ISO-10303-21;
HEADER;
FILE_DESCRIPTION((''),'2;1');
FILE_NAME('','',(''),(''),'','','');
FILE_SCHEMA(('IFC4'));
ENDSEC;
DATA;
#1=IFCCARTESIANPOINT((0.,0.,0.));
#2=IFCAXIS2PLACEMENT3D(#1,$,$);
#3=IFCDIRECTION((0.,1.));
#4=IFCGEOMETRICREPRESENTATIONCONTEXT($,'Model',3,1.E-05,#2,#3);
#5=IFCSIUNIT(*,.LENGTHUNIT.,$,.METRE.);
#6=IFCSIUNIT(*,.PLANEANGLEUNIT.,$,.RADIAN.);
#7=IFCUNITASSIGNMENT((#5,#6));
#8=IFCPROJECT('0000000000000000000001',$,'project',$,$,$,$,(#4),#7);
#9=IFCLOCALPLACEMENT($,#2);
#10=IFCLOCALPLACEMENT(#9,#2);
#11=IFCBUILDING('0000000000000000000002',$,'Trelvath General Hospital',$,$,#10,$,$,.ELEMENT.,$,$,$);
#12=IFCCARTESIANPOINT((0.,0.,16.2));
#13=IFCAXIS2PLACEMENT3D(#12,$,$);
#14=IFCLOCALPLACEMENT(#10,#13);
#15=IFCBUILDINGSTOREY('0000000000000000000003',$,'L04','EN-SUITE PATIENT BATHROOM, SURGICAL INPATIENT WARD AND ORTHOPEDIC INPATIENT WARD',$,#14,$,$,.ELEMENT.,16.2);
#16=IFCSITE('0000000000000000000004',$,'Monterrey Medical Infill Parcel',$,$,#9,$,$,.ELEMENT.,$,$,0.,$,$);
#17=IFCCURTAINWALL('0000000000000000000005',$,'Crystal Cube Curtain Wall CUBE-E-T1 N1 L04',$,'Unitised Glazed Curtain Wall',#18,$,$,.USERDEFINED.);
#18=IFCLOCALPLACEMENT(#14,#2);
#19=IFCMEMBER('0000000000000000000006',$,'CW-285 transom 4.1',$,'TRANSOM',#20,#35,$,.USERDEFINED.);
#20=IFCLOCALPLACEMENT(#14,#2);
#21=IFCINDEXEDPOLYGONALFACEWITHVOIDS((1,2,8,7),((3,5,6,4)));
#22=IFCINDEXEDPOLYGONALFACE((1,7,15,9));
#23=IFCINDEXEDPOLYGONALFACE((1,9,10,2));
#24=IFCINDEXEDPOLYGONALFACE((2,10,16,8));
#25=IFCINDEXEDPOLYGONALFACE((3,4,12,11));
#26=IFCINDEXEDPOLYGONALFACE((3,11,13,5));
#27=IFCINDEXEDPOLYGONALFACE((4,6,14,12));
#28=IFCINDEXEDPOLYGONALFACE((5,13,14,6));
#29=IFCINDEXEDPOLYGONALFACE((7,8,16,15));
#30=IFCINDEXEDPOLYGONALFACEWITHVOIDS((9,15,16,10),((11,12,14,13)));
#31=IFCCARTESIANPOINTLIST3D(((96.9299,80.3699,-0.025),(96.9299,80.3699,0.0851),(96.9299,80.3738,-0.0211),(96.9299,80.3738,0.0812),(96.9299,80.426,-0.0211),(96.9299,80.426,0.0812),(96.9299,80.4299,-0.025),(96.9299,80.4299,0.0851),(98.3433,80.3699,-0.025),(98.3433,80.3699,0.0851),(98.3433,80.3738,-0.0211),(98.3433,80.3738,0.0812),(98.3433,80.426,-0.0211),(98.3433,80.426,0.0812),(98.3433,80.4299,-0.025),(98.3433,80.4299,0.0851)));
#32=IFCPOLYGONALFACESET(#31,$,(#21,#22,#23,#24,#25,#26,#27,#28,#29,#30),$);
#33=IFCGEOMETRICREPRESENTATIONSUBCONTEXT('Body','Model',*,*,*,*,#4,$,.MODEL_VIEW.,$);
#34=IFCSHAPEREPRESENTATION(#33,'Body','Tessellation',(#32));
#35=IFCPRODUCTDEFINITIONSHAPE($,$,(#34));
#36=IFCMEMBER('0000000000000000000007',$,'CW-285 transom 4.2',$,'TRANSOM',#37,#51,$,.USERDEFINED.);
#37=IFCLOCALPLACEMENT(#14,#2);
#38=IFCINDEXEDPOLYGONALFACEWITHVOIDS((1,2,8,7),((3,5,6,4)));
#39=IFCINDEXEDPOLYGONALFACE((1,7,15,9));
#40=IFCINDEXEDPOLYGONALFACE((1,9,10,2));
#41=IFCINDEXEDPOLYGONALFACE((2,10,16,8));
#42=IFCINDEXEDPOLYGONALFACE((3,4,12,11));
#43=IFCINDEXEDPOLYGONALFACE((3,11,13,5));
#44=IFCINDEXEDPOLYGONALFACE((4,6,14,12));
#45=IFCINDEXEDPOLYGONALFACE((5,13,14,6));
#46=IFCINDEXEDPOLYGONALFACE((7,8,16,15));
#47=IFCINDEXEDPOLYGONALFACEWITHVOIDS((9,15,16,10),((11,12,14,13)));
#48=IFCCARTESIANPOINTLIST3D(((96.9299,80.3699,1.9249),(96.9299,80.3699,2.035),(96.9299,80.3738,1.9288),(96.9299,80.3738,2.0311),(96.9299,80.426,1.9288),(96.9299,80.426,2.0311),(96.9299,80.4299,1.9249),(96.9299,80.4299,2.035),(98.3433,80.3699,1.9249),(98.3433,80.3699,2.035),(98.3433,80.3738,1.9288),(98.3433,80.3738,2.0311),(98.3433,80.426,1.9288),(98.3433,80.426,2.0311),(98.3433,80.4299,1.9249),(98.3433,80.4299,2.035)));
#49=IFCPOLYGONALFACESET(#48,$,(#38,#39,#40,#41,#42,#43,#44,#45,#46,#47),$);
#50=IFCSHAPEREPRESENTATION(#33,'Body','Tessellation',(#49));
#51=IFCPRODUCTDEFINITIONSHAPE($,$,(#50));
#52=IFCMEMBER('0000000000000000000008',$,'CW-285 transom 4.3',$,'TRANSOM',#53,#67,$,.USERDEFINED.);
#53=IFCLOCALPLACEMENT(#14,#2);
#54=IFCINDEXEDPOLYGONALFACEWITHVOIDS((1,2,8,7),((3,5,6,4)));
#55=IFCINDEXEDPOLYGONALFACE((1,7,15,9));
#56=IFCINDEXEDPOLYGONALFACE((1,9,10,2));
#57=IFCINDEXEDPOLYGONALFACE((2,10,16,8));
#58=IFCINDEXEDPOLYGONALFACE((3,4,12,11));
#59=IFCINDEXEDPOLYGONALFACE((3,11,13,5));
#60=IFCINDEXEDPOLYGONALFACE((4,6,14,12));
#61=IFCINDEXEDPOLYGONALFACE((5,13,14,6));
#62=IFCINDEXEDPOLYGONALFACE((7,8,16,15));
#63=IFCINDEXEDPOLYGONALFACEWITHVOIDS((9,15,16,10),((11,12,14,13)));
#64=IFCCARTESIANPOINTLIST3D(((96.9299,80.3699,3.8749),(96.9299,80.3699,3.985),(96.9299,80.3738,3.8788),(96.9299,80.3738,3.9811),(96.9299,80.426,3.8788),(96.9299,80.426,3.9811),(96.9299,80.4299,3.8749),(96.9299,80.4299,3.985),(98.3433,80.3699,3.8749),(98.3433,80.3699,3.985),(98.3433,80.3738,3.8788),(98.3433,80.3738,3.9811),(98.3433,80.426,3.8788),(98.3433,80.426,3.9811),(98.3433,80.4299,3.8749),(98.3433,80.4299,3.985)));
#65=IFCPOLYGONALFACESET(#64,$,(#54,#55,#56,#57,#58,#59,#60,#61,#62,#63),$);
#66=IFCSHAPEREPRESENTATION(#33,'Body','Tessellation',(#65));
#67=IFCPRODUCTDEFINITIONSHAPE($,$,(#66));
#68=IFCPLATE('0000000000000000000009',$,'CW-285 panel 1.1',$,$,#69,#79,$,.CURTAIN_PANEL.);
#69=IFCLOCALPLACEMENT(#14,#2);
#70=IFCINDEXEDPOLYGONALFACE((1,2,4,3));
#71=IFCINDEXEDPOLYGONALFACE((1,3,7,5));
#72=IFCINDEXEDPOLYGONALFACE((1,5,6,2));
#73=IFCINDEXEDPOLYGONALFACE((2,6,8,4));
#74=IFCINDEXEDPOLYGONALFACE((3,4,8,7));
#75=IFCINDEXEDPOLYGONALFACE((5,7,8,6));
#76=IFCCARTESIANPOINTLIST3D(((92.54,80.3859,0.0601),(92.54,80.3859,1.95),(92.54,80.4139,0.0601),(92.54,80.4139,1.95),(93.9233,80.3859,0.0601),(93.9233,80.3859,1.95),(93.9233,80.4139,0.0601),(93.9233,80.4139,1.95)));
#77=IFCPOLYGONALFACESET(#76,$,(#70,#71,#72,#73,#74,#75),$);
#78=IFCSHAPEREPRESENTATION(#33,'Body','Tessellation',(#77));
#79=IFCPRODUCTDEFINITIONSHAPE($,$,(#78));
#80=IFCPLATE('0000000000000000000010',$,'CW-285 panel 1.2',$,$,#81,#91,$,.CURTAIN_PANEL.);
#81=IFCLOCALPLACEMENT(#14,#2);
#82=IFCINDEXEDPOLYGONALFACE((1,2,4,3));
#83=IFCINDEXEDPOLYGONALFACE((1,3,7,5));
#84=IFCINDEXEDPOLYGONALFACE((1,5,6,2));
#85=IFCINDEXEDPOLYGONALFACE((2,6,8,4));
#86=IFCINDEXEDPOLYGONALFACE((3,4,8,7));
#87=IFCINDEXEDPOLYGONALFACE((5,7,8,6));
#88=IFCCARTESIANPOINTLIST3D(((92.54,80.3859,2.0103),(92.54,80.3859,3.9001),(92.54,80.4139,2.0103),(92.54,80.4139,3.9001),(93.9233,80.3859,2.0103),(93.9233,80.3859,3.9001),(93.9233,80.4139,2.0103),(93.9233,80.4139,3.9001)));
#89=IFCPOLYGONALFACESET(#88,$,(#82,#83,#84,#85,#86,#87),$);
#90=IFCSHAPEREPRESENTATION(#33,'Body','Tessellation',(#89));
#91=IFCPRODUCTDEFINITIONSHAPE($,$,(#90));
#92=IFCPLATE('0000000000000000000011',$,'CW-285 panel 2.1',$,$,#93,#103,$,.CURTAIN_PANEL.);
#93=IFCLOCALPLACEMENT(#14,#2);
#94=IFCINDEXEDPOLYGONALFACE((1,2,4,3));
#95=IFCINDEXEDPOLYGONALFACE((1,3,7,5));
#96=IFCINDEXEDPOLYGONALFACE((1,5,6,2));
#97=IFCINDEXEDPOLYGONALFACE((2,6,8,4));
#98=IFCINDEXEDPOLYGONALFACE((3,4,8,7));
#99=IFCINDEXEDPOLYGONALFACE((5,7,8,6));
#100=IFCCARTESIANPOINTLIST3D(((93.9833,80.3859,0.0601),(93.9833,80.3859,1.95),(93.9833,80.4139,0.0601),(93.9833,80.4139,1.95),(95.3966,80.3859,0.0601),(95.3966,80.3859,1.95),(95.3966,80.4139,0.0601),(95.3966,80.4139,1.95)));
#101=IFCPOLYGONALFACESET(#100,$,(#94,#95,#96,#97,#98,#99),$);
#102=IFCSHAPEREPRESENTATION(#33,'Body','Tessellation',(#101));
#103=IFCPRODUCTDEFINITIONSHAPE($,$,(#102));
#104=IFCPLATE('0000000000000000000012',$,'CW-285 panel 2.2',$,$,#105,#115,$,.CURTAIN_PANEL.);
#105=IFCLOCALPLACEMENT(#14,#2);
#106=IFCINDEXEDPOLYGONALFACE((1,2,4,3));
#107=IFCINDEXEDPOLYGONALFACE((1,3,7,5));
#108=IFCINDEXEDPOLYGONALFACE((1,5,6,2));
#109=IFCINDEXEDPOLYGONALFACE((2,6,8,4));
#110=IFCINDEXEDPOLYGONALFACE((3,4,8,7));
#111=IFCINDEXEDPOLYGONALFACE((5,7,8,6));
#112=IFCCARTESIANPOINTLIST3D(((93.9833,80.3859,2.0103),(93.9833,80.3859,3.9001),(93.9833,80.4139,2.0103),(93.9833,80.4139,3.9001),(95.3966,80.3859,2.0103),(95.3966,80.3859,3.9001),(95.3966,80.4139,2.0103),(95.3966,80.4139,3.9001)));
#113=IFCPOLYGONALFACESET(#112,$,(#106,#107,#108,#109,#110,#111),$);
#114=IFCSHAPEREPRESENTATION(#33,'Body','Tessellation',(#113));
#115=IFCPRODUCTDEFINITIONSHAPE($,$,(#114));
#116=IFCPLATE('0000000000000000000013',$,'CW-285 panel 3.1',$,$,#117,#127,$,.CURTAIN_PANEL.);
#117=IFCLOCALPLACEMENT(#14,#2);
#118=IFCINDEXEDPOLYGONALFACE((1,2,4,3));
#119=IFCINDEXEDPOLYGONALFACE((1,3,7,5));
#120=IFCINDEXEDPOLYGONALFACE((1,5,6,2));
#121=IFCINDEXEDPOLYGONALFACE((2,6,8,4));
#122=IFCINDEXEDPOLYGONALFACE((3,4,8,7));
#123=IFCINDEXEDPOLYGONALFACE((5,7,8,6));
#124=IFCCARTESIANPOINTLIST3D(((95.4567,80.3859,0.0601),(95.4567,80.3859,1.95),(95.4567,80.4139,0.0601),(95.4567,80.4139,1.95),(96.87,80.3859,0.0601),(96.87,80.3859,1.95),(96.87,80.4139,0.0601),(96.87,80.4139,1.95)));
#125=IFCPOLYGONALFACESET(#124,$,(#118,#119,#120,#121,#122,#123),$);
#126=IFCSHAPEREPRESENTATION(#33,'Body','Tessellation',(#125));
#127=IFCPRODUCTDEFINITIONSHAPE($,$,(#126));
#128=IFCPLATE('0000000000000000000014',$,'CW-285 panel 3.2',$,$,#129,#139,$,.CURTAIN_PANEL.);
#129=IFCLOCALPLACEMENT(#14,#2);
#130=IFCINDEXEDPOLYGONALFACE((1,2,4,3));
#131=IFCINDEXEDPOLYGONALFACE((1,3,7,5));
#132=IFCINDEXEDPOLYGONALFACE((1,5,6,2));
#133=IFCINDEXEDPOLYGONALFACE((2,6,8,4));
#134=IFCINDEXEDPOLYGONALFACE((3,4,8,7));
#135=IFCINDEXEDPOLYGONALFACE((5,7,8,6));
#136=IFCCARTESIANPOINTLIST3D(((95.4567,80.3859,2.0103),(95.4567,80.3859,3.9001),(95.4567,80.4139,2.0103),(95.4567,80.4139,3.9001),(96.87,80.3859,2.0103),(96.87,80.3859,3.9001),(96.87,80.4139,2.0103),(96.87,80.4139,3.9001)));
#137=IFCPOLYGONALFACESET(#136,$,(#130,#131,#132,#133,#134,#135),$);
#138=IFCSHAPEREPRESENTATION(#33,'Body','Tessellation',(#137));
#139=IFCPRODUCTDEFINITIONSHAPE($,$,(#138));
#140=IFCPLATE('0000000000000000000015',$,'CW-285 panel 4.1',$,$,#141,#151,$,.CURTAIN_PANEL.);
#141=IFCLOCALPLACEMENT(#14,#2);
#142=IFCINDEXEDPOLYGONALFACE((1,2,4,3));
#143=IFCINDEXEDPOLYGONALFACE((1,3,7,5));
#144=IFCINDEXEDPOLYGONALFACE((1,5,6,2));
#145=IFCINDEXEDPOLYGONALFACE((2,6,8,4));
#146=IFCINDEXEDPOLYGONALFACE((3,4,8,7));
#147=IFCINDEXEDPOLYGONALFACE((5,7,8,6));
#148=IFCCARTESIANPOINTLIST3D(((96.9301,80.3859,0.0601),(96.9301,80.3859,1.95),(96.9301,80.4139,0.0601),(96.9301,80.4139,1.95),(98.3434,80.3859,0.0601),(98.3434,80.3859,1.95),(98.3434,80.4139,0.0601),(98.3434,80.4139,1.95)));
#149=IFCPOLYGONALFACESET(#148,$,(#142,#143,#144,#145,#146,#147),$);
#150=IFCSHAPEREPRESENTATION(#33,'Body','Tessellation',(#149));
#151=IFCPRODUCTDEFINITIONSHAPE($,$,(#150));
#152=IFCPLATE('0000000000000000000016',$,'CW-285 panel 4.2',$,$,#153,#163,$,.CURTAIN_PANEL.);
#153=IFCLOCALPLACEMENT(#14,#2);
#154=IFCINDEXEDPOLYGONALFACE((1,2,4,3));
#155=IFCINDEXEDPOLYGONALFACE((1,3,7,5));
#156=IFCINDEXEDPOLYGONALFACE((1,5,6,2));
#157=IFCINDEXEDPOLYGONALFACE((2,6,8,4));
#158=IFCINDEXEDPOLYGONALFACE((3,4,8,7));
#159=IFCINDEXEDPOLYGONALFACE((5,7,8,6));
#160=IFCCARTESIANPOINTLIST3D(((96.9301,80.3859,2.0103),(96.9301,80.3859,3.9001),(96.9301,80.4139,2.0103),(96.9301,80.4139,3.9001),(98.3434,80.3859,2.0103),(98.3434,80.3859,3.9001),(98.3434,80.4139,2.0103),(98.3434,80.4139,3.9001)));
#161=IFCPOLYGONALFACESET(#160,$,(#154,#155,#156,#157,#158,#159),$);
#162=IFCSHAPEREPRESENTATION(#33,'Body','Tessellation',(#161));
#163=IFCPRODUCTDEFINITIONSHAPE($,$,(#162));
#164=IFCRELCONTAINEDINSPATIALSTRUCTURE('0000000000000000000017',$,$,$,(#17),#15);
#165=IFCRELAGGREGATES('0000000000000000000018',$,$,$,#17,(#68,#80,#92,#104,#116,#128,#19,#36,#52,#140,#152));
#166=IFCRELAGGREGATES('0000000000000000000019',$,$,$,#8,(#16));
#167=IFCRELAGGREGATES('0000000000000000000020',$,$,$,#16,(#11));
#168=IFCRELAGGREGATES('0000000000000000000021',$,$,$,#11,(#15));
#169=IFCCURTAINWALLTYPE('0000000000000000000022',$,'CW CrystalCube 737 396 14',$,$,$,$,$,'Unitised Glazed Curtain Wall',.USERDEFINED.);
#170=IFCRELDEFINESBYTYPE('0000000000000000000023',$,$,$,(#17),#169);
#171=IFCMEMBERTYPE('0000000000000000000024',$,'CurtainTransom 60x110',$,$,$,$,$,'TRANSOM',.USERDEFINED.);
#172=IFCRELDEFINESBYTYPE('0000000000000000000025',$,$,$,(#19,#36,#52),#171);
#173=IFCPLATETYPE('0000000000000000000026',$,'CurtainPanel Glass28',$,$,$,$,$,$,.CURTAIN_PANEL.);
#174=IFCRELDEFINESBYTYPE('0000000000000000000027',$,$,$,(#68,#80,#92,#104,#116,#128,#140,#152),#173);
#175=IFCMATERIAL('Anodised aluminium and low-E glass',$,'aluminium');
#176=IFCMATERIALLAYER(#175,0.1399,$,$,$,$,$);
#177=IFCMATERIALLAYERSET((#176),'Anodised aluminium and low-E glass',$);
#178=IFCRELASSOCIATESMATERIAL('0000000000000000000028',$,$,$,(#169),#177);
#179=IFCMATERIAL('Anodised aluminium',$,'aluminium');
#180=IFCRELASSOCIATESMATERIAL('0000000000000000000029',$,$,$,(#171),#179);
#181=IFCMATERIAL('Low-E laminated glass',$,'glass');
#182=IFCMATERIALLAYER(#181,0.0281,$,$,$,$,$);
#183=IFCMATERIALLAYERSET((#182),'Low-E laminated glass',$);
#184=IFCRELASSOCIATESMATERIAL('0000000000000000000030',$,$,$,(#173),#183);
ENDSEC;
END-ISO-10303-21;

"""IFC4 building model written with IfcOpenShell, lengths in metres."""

from ifc_helpers import new_model, si_unit, direction, frame, origin, origin_2d, place, context, subcontext, project, spatial, rectangle, hollow_rectangle, extrude, material, layer, layer_set, material_profile, profile_set, type_object, element, aggregate, save


model = new_model("IFC4")

# Units and contexts
model_context = context("Model", 3, precision=1e-05, world=origin(), true_north=direction((0.0, 1.0)))
body_context = subcontext(model_context, "Body", "Model", "MODEL_VIEW")
ifc_project = project(units=[si_unit("LENGTHUNIT", "METRE"), si_unit("PLANEANGLEUNIT", "RADIAN")], contexts=[model_context])

# Site, building, storey
site_placement = place(None, origin())
site = spatial("IfcSite", under=ifc_project, at=site_placement, Name="Monterrey Medical Infill Parcel", CompositionType="ELEMENT", RefElevation=0.0)
building_placement = place(site_placement, origin())
building = spatial("IfcBuilding", under=site, at=building_placement, Name="Trelvath General Hospital", CompositionType="ELEMENT")
storey_placement = place(building_placement, frame((0.0, 0.0, 16.2)))
storey = spatial("IfcBuildingStorey", under=building, at=storey_placement, Name="L04", Description="EN-SUITE PATIENT BATHROOM, SURGICAL INPATIENT WARD AND ORTHOPEDIC INPATIENT WARD", CompositionType="ELEMENT", Elevation=16.2)

# Curtain wall, members, plates
ifc_material_1 = material(Name="Anodised aluminium and low-E glass", Category="aluminium")
ifc_layer_1 = layer(ifc_material_1, 0.1399)
ifc_layer_set_1 = layer_set([ifc_layer_1], Name="Anodised aluminium and low-E glass")
curtain_wall_type = type_object("IfcCurtainWallType", Name="CW CrystalCube 737 396 14", ElementType="Unitised Glazed Curtain Wall", PredefinedType="USERDEFINED", material=ifc_layer_set_1)
curtain_wall_placement = place(storey_placement, origin())
curtain_wall = element("IfcCurtainWall", 1, at=curtain_wall_placement, inside=storey, type_object=curtain_wall_type, Name="Crystal Cube Curtain Wall CUBE-E-T1 N1 L04", ObjectType="Unitised Glazed Curtain Wall", PredefinedType="USERDEFINED")
ifc_material_2 = material(Name="Anodised aluminium", Category="aluminium")
ifc_material_profile_1 = material_profile(ifc_material_2, hollow_rectangle(XDim=0.0601, YDim=0.1101, WallThickness=0.0039, at=origin_2d()), Name="RHS60x110x4")
ifc_profile_set_1 = profile_set([ifc_material_profile_1], Name="Anodised aluminium")
member_type_1 = type_object("IfcMemberType", Name="CurtainTransom 60x110", ElementType="TRANSOM", PredefinedType="USERDEFINED", material=ifc_profile_set_1)
member_1_placement = place(storey_placement, frame((96.9299, 80.3999, 0.03), z_axis=(1.0, 0.0, 0.0), x_axis=(0.0, 1.0, 0.0)))
member_1 = element("IfcMember", 2, at=member_1_placement, type_object=member_type_1, Name="CW-285 transom 4.1", ObjectType="TRANSOM", PredefinedType="USERDEFINED", context=body_context, shape_type="SweptSolid", body=[
    extrude(hollow_rectangle(XDim=0.0601, YDim=0.1101, WallThickness=0.0039, at=origin_2d()), origin(), (0.0, 0.0, 1.0), 1.4133),
])
member_2_placement = place(storey_placement, frame((96.9299, 80.3999, 1.98), z_axis=(1.0, 0.0, 0.0), x_axis=(0.0, 1.0, 0.0)))
member_2 = element("IfcMember", 3, at=member_2_placement, type_object=member_type_1, Name="CW-285 transom 4.2", ObjectType="TRANSOM", PredefinedType="USERDEFINED", context=body_context, shape_type="SweptSolid", body=[
    extrude(hollow_rectangle(XDim=0.0601, YDim=0.1101, WallThickness=0.0039, at=origin_2d()), origin(), (0.0, 0.0, 1.0), 1.4133),
])
member_3_placement = place(storey_placement, frame((96.9299, 80.3999, 3.9299), z_axis=(1.0, 0.0, 0.0), x_axis=(0.0, 1.0, 0.0)))
member_3 = element("IfcMember", 4, at=member_3_placement, type_object=member_type_1, Name="CW-285 transom 4.3", ObjectType="TRANSOM", PredefinedType="USERDEFINED", context=body_context, shape_type="SweptSolid", body=[
    extrude(hollow_rectangle(XDim=0.0601, YDim=0.1101, WallThickness=0.0039, at=origin_2d()), origin(), (0.0, 0.0, 1.0), 1.4133),
])
ifc_material_3 = material(Name="Low-E laminated glass", Category="glass")
ifc_layer_2 = layer(ifc_material_3, 0.0281)
ifc_layer_set_2 = layer_set([ifc_layer_2], Name="Low-E laminated glass")
plate_type = type_object("IfcPlateType", Name="CurtainPanel Glass28", PredefinedType="CURTAIN_PANEL", material=ifc_layer_set_2)
plate_1_placement = place(storey_placement, frame((93.2317, 80.3999, 0.0601), z_axis=(0.0, 0.0, 1.0), x_axis=(1.0, 0.0, 0.0)))
plate_1 = element("IfcPlate", 5, at=plate_1_placement, type_object=plate_type, Name="CW-285 panel 1.1", PredefinedType="CURTAIN_PANEL", context=body_context, shape_type="SweptSolid", body=[
    extrude(rectangle(XDim=1.3833, YDim=0.0281, at=origin_2d()), origin(), (0.0, 0.0, 1.0), 1.8899),
])
plate_2_placement = place(storey_placement, frame((93.2317, 80.3999, 2.0103), z_axis=(0.0, 0.0, 1.0), x_axis=(1.0, 0.0, 0.0)))
plate_2 = element("IfcPlate", 6, at=plate_2_placement, type_object=plate_type, Name="CW-285 panel 1.2", PredefinedType="CURTAIN_PANEL", context=body_context, shape_type="SweptSolid", body=[
    extrude(rectangle(XDim=1.3833, YDim=0.0281, at=origin_2d()), origin(), (0.0, 0.0, 1.0), 1.8899),
])
plate_3_placement = place(storey_placement, frame((94.6899, 80.3999, 0.0601), z_axis=(0.0, 0.0, 1.0), x_axis=(1.0, 0.0, 0.0)))
plate_3 = element("IfcPlate", 7, at=plate_3_placement, type_object=plate_type, Name="CW-285 panel 2.1", PredefinedType="CURTAIN_PANEL", context=body_context, shape_type="SweptSolid", body=[
    extrude(rectangle(XDim=1.4133, YDim=0.0281, at=origin_2d()), origin(), (0.0, 0.0, 1.0), 1.8899),
])
plate_4_placement = place(storey_placement, frame((94.6899, 80.3999, 2.0103), z_axis=(0.0, 0.0, 1.0), x_axis=(1.0, 0.0, 0.0)))
plate_4 = element("IfcPlate", 8, at=plate_4_placement, type_object=plate_type, Name="CW-285 panel 2.2", PredefinedType="CURTAIN_PANEL", context=body_context, shape_type="SweptSolid", body=[
    extrude(rectangle(XDim=1.4133, YDim=0.0281, at=origin_2d()), origin(), (0.0, 0.0, 1.0), 1.8899),
])
plate_5_placement = place(storey_placement, frame((96.1633, 80.3999, 0.0601), z_axis=(0.0, 0.0, 1.0), x_axis=(1.0, 0.0, 0.0)))
plate_5 = element("IfcPlate", 9, at=plate_5_placement, type_object=plate_type, Name="CW-285 panel 3.1", PredefinedType="CURTAIN_PANEL", context=body_context, shape_type="SweptSolid", body=[
    extrude(rectangle(XDim=1.4133, YDim=0.0281, at=origin_2d()), origin(), (0.0, 0.0, 1.0), 1.8899),
])
plate_6_placement = place(storey_placement, frame((96.1633, 80.3999, 2.0103), z_axis=(0.0, 0.0, 1.0), x_axis=(1.0, 0.0, 0.0)))
plate_6 = element("IfcPlate", 10, at=plate_6_placement, type_object=plate_type, Name="CW-285 panel 3.2", PredefinedType="CURTAIN_PANEL", context=body_context, shape_type="SweptSolid", body=[
    extrude(rectangle(XDim=1.4133, YDim=0.0281, at=origin_2d()), origin(), (0.0, 0.0, 1.0), 1.8899),
])
plate_7_placement = place(storey_placement, frame((97.6367, 80.3999, 0.0601), z_axis=(0.0, 0.0, 1.0), x_axis=(1.0, 0.0, 0.0)))
plate_7 = element("IfcPlate", 11, at=plate_7_placement, type_object=plate_type, Name="CW-285 panel 4.1", PredefinedType="CURTAIN_PANEL", context=body_context, shape_type="SweptSolid", body=[
    extrude(rectangle(XDim=1.4133, YDim=0.0281, at=origin_2d()), origin(), (0.0, 0.0, 1.0), 1.8899),
])
plate_8_placement = place(storey_placement, frame((97.6367, 80.3999, 2.0103), z_axis=(0.0, 0.0, 1.0), x_axis=(1.0, 0.0, 0.0)))
plate_8 = element("IfcPlate", 12, at=plate_8_placement, type_object=plate_type, Name="CW-285 panel 4.2", PredefinedType="CURTAIN_PANEL", context=body_context, shape_type="SweptSolid", body=[
    extrude(rectangle(XDim=1.4133, YDim=0.0281, at=origin_2d()), origin(), (0.0, 0.0, 1.0), 1.8899),
])
aggregate(curtain_wall, [plate_1, plate_2, plate_3, plate_4, plate_5, plate_6, member_1, member_2, member_3, plate_7, plate_8])

save(model, "model.ifc")
